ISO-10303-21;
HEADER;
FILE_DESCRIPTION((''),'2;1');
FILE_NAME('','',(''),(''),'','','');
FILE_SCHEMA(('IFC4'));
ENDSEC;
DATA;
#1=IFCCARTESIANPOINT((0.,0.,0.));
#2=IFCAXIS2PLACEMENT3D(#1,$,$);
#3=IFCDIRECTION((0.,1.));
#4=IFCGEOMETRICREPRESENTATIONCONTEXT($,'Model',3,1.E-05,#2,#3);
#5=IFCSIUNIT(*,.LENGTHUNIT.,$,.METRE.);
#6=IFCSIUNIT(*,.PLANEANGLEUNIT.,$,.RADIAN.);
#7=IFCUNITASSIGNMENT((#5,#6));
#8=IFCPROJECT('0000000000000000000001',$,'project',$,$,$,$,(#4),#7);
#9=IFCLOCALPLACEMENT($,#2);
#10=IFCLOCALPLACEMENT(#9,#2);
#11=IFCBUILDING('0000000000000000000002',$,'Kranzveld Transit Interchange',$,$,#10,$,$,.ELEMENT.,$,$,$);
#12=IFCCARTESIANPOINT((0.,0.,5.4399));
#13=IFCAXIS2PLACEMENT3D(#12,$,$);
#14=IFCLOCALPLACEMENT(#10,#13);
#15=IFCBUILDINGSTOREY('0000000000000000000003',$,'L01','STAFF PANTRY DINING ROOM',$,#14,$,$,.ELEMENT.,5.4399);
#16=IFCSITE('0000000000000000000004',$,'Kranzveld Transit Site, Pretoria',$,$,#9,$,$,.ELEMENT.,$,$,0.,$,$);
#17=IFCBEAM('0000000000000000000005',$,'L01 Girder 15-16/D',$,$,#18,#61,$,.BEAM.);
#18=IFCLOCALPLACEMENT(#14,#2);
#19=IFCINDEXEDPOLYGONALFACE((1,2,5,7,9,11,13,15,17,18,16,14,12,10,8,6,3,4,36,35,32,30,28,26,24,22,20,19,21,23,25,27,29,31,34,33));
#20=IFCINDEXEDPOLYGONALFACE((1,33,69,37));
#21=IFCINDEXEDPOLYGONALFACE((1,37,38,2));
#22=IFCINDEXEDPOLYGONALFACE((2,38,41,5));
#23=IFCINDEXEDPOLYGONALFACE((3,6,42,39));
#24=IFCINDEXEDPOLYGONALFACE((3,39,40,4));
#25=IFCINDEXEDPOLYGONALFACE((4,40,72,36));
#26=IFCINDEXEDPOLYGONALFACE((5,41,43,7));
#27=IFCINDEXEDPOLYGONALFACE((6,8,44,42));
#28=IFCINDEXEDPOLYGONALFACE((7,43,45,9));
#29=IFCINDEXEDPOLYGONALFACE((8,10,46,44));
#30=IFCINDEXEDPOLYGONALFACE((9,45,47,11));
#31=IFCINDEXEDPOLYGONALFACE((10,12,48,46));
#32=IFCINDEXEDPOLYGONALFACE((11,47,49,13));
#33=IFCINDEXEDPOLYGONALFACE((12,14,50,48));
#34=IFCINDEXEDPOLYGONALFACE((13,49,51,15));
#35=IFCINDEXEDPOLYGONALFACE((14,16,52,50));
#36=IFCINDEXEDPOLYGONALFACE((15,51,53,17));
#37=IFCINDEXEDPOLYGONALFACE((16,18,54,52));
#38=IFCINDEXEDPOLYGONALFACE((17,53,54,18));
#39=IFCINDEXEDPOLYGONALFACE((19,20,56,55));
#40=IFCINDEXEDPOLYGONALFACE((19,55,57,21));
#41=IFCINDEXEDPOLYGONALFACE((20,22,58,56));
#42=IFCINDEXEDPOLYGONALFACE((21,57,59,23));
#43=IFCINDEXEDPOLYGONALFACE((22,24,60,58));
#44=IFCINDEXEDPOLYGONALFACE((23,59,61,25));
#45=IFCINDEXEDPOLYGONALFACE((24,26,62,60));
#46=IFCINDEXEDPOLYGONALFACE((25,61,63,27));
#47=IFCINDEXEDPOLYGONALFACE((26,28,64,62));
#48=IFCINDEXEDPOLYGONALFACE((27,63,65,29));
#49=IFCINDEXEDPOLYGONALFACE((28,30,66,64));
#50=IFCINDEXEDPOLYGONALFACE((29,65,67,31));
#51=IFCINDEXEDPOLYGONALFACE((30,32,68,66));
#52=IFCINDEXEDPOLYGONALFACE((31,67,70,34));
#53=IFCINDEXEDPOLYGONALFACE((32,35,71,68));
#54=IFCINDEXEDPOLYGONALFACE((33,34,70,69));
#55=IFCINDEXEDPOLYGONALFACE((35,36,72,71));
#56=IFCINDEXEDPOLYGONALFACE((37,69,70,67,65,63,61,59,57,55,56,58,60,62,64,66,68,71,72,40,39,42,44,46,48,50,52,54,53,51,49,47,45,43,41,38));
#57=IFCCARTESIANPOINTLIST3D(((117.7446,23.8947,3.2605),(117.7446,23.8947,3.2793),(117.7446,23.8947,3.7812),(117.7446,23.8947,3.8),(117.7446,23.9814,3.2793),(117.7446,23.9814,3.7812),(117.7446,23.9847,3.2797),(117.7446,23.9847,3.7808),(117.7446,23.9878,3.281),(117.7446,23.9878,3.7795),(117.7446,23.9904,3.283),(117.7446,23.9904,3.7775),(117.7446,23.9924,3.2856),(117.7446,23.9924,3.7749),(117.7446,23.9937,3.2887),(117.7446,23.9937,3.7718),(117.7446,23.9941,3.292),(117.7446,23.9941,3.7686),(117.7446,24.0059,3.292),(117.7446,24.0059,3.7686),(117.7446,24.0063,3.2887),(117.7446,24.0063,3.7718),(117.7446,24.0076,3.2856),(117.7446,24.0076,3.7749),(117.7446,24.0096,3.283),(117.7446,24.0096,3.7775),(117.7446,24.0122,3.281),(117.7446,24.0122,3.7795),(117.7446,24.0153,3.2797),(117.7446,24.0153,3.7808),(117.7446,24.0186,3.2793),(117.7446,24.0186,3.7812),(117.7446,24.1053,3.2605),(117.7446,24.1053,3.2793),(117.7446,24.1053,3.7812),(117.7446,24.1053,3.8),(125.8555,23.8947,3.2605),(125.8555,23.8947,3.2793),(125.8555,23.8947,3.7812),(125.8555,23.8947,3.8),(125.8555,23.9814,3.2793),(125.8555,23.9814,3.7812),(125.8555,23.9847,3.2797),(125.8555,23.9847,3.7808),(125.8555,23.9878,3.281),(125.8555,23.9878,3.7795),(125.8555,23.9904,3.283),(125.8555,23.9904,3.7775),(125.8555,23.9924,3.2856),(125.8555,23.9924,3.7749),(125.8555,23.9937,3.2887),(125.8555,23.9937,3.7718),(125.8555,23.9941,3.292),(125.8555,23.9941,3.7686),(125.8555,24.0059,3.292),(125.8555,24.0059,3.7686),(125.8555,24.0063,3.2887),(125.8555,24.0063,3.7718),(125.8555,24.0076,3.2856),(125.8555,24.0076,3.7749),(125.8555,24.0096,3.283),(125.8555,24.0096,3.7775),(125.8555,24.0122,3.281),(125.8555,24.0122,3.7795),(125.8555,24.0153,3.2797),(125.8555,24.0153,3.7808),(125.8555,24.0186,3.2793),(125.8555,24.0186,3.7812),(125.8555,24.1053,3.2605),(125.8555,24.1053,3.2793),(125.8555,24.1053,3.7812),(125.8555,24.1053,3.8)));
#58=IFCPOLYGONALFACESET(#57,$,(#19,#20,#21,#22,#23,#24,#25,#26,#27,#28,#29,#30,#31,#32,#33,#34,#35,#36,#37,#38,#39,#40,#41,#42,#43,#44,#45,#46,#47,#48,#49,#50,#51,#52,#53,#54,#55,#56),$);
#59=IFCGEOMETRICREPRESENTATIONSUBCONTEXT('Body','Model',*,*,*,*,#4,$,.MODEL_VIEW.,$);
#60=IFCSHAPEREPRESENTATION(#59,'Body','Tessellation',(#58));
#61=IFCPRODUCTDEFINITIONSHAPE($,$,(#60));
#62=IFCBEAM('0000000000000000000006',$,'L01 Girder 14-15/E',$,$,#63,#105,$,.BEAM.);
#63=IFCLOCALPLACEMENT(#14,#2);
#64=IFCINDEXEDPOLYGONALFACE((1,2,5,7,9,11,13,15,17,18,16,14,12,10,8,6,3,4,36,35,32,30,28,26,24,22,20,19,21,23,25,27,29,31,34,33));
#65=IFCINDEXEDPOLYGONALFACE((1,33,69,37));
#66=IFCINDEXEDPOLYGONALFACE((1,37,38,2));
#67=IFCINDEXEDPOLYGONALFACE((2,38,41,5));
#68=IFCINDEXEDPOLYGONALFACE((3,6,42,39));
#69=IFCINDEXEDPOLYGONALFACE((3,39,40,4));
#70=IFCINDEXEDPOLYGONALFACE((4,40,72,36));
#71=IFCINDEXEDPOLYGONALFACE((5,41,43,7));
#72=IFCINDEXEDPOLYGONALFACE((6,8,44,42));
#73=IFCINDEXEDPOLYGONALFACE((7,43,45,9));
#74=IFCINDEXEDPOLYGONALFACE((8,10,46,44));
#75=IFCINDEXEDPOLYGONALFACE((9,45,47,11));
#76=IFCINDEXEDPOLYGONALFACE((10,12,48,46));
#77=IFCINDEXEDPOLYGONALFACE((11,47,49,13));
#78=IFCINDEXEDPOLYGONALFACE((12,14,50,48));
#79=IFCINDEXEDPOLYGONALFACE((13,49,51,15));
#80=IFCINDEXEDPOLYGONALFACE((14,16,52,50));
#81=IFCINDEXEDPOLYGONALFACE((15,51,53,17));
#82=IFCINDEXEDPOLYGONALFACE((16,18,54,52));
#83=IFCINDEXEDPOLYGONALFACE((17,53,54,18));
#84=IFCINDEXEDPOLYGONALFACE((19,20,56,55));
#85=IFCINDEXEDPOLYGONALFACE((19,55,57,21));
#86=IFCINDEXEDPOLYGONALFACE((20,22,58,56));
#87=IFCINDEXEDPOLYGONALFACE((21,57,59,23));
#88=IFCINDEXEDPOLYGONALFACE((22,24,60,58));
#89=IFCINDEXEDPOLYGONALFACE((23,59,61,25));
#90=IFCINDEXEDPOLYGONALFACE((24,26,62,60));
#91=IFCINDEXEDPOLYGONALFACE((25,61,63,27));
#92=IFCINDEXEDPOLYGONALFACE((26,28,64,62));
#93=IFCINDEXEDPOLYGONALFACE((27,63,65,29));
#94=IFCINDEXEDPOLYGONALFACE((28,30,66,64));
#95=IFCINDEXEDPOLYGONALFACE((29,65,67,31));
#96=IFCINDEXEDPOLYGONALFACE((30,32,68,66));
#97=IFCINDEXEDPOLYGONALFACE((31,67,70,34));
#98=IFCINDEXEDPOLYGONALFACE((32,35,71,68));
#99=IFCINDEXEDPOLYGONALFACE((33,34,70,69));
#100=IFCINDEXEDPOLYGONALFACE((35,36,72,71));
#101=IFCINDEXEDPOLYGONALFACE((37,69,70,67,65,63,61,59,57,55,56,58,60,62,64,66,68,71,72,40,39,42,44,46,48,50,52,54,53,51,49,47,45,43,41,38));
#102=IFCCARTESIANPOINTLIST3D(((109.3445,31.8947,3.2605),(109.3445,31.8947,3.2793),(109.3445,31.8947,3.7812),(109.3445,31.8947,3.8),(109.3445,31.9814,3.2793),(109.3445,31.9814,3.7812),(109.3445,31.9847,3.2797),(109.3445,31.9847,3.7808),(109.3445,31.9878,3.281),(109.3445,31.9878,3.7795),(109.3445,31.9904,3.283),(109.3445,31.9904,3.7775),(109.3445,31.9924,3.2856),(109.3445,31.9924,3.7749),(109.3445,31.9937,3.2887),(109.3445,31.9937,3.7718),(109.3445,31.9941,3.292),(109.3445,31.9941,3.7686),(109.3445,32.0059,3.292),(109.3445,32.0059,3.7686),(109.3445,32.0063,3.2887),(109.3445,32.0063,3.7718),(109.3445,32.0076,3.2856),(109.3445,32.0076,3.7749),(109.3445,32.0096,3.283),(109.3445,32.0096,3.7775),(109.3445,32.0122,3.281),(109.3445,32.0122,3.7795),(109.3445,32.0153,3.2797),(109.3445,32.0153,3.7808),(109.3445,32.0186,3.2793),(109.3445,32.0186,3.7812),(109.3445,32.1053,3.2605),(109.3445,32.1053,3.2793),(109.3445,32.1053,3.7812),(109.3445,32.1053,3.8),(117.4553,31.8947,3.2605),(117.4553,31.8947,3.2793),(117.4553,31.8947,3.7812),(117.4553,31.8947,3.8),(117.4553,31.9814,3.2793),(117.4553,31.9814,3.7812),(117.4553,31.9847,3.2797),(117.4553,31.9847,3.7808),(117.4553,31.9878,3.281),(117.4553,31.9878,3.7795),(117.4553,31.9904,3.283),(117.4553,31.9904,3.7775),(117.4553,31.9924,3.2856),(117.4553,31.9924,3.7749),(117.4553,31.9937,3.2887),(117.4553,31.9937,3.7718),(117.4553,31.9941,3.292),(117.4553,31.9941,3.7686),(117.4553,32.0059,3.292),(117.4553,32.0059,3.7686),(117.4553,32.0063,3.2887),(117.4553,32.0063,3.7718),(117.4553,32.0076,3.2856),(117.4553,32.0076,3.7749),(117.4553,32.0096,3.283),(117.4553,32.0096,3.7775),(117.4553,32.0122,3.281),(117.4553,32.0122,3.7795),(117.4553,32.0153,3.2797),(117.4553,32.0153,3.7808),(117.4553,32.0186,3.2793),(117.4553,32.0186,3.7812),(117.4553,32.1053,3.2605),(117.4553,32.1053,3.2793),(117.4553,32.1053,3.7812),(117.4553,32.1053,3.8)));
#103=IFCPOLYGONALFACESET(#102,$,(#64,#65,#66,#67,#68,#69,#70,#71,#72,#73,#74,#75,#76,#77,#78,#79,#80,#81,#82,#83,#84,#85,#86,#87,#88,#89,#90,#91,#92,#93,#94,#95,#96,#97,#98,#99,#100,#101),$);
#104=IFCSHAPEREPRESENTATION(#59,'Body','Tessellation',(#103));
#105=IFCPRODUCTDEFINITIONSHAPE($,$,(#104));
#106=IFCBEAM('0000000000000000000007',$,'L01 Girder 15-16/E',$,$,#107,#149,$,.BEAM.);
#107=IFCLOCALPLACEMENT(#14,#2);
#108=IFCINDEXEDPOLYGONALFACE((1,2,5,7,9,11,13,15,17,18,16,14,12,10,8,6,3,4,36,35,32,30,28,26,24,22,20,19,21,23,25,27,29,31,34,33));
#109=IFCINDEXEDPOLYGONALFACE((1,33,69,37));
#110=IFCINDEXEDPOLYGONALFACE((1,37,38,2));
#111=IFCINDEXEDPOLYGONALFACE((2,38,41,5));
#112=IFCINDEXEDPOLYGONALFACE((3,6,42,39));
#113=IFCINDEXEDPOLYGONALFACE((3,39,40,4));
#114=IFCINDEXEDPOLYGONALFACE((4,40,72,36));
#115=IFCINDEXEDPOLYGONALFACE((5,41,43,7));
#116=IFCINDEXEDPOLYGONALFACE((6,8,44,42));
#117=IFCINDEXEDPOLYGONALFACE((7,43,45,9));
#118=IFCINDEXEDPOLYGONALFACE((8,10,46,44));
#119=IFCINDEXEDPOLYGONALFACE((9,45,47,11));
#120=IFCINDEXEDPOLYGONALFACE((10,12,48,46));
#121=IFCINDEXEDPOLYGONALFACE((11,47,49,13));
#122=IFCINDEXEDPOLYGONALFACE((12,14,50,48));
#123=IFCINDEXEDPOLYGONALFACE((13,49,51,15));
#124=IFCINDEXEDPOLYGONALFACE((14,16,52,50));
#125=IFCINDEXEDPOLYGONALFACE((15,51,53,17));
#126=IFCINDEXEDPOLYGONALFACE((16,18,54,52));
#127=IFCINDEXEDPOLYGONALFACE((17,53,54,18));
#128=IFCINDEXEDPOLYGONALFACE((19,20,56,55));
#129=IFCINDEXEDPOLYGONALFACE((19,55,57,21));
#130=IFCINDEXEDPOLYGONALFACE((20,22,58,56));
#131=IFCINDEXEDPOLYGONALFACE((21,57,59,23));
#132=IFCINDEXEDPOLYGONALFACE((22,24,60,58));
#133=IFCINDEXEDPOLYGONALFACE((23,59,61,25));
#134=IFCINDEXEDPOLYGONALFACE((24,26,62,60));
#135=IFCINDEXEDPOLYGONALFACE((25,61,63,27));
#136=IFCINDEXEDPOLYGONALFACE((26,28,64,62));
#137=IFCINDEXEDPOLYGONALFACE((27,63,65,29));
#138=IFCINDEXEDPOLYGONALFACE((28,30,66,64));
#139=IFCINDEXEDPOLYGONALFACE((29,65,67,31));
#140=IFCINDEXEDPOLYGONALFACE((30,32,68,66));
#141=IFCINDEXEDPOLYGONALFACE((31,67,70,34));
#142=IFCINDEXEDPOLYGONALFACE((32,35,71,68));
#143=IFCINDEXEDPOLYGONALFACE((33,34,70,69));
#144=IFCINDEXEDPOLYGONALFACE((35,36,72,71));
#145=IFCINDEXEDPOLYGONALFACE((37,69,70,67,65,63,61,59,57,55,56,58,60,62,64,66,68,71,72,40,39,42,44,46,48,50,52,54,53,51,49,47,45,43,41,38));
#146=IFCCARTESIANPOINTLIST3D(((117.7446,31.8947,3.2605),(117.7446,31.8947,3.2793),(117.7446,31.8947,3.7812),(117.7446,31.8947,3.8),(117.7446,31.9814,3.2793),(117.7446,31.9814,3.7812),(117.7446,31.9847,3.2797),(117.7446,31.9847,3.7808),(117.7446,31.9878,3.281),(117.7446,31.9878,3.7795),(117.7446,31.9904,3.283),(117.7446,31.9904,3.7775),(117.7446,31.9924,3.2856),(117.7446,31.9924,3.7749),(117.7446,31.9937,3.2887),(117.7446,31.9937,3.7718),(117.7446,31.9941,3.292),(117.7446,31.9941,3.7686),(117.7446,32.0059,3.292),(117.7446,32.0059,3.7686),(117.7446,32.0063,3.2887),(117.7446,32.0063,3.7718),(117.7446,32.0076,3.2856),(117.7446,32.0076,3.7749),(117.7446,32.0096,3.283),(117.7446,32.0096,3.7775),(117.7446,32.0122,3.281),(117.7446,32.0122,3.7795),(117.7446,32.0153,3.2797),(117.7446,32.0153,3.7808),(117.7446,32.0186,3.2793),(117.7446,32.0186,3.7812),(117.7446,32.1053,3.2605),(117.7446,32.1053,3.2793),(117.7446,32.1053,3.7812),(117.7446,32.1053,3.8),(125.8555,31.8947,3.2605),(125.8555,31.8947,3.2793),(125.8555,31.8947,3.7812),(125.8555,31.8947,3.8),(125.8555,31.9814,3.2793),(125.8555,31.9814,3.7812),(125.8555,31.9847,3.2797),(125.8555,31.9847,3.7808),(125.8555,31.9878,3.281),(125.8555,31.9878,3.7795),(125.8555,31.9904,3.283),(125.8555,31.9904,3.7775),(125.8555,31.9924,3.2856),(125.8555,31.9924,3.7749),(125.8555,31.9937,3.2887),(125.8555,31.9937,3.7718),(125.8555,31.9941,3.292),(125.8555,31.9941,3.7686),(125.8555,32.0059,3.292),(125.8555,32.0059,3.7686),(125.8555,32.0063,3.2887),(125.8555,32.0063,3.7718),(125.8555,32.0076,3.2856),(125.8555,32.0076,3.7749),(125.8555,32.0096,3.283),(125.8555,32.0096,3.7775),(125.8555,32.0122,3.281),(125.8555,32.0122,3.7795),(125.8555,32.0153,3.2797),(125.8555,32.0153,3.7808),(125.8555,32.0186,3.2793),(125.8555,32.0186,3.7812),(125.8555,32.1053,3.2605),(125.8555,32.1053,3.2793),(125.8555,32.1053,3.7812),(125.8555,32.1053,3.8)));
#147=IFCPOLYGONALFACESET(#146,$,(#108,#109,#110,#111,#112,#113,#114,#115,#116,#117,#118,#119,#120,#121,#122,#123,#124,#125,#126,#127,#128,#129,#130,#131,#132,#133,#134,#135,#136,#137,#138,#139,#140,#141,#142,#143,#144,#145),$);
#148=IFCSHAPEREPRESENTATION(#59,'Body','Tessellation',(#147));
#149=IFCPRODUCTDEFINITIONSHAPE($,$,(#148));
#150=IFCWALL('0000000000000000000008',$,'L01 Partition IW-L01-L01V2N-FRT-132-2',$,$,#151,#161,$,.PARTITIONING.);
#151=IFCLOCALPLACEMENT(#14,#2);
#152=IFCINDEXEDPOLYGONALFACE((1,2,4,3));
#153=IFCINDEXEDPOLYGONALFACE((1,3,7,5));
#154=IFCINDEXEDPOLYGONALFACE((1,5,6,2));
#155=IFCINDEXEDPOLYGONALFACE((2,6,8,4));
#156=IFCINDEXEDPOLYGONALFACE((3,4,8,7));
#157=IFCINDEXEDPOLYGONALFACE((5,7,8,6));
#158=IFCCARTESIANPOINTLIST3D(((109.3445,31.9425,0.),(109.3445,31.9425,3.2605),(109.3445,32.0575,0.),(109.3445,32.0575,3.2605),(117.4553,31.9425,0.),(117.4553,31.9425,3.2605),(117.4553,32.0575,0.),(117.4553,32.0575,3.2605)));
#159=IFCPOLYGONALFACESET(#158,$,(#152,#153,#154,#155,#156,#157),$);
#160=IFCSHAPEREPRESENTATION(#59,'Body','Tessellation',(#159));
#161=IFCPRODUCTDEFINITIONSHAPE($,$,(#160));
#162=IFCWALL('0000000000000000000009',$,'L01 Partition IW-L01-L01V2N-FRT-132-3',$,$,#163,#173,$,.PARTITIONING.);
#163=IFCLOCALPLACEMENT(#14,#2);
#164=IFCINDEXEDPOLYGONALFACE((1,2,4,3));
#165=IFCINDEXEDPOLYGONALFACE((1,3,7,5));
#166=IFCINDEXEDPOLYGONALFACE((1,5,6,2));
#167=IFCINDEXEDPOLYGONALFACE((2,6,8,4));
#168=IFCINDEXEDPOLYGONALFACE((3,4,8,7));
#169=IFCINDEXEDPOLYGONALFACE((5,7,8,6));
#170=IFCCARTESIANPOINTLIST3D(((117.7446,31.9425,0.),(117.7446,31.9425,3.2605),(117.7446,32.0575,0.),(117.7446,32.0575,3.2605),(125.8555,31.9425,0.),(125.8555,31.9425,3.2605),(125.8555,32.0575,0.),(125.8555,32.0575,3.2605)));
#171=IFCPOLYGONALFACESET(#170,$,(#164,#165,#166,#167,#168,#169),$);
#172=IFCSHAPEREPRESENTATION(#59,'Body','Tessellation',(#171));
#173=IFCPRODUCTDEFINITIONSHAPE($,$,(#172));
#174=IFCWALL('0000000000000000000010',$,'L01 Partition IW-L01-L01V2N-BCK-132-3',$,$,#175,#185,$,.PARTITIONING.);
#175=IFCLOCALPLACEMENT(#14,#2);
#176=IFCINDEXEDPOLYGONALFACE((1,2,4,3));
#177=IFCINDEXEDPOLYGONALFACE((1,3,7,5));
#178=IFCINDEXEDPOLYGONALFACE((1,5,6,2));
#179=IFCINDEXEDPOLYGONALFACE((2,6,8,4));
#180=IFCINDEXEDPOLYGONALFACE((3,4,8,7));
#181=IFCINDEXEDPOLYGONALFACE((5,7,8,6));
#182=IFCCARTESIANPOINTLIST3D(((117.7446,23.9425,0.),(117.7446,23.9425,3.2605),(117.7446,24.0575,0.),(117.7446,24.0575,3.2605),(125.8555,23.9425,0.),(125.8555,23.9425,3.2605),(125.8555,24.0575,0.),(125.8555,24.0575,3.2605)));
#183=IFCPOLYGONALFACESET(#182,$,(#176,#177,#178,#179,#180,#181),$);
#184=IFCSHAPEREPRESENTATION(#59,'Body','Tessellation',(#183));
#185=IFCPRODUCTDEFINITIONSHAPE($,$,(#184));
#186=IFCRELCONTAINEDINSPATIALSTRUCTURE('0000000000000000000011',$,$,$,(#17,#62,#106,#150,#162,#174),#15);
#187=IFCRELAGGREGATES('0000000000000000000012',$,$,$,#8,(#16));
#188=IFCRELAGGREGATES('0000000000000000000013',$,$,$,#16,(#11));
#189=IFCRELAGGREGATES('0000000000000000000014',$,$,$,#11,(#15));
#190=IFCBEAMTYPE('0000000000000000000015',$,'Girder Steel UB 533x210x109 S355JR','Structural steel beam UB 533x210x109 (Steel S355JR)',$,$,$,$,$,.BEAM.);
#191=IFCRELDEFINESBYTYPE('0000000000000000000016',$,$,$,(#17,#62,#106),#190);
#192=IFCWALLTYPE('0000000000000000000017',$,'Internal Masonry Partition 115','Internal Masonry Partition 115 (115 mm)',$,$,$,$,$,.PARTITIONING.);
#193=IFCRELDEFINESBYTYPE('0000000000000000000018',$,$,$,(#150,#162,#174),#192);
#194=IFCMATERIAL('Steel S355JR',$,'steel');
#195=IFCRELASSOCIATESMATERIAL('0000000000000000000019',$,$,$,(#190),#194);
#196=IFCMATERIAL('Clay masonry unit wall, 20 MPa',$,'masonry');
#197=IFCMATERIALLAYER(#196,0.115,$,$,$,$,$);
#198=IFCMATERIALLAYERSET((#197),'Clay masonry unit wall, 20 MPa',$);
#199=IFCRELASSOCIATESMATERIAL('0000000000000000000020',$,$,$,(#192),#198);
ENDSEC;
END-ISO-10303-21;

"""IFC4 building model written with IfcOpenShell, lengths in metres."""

from ifc_helpers import new_model, si_unit, direction, frame, frame_2d, origin, origin_2d, place, context, subcontext, project, spatial, rectangle, i_section, extrude, material, layer, layer_set, material_profile, profile_set, type_object, element, save


model = new_model("IFC4")

# Units and contexts
model_context = context("Model", 3, precision=1e-05, world=origin(), true_north=direction((0.0, 1.0)))
body_context = subcontext(model_context, "Body", "Model", "MODEL_VIEW")
ifc_project = project(units=[si_unit("LENGTHUNIT", "METRE"), si_unit("PLANEANGLEUNIT", "RADIAN")], contexts=[model_context])

# Site, building, storey
site_placement = place(None, origin())
site = spatial("IfcSite", under=ifc_project, at=site_placement, Name="Kranzveld Transit Site, Pretoria", CompositionType="ELEMENT", RefElevation=0.0)
building_placement = place(site_placement, origin())
building = spatial("IfcBuilding", under=site, at=building_placement, Name="Kranzveld Transit Interchange", CompositionType="ELEMENT")
storey_placement = place(building_placement, frame((0.0, 0.0, 5.4399)))
storey = spatial("IfcBuildingStorey", under=building, at=storey_placement, Name="L01", Description="STAFF PANTRY DINING ROOM", CompositionType="ELEMENT", Elevation=5.4399)

# Beams
ifc_material_1 = material(Name="Steel S355JR", Category="steel")
ifc_material_profile_1 = material_profile(ifc_material_1, i_section(OverallWidth=0.2107, OverallDepth=0.5396, WebThickness=0.0117, FlangeThickness=0.0188, FilletRadius=0.0127, at=origin_2d()), Name="UB 533x210x109")
ifc_profile_set_1 = profile_set([ifc_material_profile_1], Name="Steel S355JR")
beam_type_1 = type_object("IfcBeamType", Name="Girder Steel UB 533x210x109 S355JR", Description="Structural steel beam UB 533x210x109 (Steel S355JR)", PredefinedType="BEAM", material=ifc_profile_set_1)
for number, where, z_axis, x_axis, name in (
    (1, (117.7446, 24.0, 3.5303), (1.0, 0.0, 0.0), (0.0, 1.0, 0.0), "L01 Girder 15-16/D"),
    (2, (109.3445, 32.0, 3.5303), (1.0, 0.0, 0.0), (0.0, 1.0, 0.0), "L01 Girder 14-15/E"),
    (3, (117.7446, 32.0, 3.5303), (1.0, 0.0, 0.0), (0.0, 1.0, 0.0), "L01 Girder 15-16/E"),
):
    element("IfcBeam", number, at=place(storey_placement, frame(where, z_axis=z_axis, x_axis=x_axis)), inside=storey, type_object=beam_type_1, Name=name, PredefinedType="BEAM", context=body_context, shape_type="SweptSolid", body=[
        extrude(i_section(OverallWidth=0.2107, OverallDepth=0.5396, WebThickness=0.0117, FlangeThickness=0.0188, FilletRadius=0.0127, at=origin_2d()), origin(), (0.0, 0.0, 1.0), 8.1108),
    ])

# Walls
ifc_material_2 = material(Name="Clay masonry unit wall, 20 MPa", Category="masonry")
ifc_layer_1 = layer(ifc_material_2, 0.115)
ifc_layer_set_1 = layer_set([ifc_layer_1], Name="Clay masonry unit wall, 20 MPa")
wall_type_1 = type_object("IfcWallType", Name="Internal Masonry Partition 115", Description="Internal Masonry Partition 115 (115 mm)", PredefinedType="PARTITIONING", material=ifc_layer_set_1)
for number, where, z_axis, x_axis, name in (
    (4, (109.3445, 32.0, 0.0), (0.0, 0.0, 1.0), (1.0, 0.0, 0.0), "L01 Partition IW-L01-L01V2N-FRT-132-2"),
    (5, (117.7446, 32.0, 0.0), (0.0, 0.0, 1.0), (1.0, 0.0, 0.0), "L01 Partition IW-L01-L01V2N-FRT-132-3"),
    (6, (117.7446, 24.0, 0.0), (0.0, 0.0, 1.0), (1.0, 0.0, 0.0), "L01 Partition IW-L01-L01V2N-BCK-132-3"),
):
    element("IfcWall", number, at=place(storey_placement, frame(where, z_axis=z_axis, x_axis=x_axis)), inside=storey, type_object=wall_type_1, Name=name, PredefinedType="PARTITIONING", context=body_context, shape_type="SweptSolid", body=[
        extrude(rectangle(XDim=8.1108, YDim=0.115, at=frame_2d((4.0554, 0.0))), origin(), (0.0, 0.0, 1.0), 3.2605),
    ])

save(model, "model.ifc")
